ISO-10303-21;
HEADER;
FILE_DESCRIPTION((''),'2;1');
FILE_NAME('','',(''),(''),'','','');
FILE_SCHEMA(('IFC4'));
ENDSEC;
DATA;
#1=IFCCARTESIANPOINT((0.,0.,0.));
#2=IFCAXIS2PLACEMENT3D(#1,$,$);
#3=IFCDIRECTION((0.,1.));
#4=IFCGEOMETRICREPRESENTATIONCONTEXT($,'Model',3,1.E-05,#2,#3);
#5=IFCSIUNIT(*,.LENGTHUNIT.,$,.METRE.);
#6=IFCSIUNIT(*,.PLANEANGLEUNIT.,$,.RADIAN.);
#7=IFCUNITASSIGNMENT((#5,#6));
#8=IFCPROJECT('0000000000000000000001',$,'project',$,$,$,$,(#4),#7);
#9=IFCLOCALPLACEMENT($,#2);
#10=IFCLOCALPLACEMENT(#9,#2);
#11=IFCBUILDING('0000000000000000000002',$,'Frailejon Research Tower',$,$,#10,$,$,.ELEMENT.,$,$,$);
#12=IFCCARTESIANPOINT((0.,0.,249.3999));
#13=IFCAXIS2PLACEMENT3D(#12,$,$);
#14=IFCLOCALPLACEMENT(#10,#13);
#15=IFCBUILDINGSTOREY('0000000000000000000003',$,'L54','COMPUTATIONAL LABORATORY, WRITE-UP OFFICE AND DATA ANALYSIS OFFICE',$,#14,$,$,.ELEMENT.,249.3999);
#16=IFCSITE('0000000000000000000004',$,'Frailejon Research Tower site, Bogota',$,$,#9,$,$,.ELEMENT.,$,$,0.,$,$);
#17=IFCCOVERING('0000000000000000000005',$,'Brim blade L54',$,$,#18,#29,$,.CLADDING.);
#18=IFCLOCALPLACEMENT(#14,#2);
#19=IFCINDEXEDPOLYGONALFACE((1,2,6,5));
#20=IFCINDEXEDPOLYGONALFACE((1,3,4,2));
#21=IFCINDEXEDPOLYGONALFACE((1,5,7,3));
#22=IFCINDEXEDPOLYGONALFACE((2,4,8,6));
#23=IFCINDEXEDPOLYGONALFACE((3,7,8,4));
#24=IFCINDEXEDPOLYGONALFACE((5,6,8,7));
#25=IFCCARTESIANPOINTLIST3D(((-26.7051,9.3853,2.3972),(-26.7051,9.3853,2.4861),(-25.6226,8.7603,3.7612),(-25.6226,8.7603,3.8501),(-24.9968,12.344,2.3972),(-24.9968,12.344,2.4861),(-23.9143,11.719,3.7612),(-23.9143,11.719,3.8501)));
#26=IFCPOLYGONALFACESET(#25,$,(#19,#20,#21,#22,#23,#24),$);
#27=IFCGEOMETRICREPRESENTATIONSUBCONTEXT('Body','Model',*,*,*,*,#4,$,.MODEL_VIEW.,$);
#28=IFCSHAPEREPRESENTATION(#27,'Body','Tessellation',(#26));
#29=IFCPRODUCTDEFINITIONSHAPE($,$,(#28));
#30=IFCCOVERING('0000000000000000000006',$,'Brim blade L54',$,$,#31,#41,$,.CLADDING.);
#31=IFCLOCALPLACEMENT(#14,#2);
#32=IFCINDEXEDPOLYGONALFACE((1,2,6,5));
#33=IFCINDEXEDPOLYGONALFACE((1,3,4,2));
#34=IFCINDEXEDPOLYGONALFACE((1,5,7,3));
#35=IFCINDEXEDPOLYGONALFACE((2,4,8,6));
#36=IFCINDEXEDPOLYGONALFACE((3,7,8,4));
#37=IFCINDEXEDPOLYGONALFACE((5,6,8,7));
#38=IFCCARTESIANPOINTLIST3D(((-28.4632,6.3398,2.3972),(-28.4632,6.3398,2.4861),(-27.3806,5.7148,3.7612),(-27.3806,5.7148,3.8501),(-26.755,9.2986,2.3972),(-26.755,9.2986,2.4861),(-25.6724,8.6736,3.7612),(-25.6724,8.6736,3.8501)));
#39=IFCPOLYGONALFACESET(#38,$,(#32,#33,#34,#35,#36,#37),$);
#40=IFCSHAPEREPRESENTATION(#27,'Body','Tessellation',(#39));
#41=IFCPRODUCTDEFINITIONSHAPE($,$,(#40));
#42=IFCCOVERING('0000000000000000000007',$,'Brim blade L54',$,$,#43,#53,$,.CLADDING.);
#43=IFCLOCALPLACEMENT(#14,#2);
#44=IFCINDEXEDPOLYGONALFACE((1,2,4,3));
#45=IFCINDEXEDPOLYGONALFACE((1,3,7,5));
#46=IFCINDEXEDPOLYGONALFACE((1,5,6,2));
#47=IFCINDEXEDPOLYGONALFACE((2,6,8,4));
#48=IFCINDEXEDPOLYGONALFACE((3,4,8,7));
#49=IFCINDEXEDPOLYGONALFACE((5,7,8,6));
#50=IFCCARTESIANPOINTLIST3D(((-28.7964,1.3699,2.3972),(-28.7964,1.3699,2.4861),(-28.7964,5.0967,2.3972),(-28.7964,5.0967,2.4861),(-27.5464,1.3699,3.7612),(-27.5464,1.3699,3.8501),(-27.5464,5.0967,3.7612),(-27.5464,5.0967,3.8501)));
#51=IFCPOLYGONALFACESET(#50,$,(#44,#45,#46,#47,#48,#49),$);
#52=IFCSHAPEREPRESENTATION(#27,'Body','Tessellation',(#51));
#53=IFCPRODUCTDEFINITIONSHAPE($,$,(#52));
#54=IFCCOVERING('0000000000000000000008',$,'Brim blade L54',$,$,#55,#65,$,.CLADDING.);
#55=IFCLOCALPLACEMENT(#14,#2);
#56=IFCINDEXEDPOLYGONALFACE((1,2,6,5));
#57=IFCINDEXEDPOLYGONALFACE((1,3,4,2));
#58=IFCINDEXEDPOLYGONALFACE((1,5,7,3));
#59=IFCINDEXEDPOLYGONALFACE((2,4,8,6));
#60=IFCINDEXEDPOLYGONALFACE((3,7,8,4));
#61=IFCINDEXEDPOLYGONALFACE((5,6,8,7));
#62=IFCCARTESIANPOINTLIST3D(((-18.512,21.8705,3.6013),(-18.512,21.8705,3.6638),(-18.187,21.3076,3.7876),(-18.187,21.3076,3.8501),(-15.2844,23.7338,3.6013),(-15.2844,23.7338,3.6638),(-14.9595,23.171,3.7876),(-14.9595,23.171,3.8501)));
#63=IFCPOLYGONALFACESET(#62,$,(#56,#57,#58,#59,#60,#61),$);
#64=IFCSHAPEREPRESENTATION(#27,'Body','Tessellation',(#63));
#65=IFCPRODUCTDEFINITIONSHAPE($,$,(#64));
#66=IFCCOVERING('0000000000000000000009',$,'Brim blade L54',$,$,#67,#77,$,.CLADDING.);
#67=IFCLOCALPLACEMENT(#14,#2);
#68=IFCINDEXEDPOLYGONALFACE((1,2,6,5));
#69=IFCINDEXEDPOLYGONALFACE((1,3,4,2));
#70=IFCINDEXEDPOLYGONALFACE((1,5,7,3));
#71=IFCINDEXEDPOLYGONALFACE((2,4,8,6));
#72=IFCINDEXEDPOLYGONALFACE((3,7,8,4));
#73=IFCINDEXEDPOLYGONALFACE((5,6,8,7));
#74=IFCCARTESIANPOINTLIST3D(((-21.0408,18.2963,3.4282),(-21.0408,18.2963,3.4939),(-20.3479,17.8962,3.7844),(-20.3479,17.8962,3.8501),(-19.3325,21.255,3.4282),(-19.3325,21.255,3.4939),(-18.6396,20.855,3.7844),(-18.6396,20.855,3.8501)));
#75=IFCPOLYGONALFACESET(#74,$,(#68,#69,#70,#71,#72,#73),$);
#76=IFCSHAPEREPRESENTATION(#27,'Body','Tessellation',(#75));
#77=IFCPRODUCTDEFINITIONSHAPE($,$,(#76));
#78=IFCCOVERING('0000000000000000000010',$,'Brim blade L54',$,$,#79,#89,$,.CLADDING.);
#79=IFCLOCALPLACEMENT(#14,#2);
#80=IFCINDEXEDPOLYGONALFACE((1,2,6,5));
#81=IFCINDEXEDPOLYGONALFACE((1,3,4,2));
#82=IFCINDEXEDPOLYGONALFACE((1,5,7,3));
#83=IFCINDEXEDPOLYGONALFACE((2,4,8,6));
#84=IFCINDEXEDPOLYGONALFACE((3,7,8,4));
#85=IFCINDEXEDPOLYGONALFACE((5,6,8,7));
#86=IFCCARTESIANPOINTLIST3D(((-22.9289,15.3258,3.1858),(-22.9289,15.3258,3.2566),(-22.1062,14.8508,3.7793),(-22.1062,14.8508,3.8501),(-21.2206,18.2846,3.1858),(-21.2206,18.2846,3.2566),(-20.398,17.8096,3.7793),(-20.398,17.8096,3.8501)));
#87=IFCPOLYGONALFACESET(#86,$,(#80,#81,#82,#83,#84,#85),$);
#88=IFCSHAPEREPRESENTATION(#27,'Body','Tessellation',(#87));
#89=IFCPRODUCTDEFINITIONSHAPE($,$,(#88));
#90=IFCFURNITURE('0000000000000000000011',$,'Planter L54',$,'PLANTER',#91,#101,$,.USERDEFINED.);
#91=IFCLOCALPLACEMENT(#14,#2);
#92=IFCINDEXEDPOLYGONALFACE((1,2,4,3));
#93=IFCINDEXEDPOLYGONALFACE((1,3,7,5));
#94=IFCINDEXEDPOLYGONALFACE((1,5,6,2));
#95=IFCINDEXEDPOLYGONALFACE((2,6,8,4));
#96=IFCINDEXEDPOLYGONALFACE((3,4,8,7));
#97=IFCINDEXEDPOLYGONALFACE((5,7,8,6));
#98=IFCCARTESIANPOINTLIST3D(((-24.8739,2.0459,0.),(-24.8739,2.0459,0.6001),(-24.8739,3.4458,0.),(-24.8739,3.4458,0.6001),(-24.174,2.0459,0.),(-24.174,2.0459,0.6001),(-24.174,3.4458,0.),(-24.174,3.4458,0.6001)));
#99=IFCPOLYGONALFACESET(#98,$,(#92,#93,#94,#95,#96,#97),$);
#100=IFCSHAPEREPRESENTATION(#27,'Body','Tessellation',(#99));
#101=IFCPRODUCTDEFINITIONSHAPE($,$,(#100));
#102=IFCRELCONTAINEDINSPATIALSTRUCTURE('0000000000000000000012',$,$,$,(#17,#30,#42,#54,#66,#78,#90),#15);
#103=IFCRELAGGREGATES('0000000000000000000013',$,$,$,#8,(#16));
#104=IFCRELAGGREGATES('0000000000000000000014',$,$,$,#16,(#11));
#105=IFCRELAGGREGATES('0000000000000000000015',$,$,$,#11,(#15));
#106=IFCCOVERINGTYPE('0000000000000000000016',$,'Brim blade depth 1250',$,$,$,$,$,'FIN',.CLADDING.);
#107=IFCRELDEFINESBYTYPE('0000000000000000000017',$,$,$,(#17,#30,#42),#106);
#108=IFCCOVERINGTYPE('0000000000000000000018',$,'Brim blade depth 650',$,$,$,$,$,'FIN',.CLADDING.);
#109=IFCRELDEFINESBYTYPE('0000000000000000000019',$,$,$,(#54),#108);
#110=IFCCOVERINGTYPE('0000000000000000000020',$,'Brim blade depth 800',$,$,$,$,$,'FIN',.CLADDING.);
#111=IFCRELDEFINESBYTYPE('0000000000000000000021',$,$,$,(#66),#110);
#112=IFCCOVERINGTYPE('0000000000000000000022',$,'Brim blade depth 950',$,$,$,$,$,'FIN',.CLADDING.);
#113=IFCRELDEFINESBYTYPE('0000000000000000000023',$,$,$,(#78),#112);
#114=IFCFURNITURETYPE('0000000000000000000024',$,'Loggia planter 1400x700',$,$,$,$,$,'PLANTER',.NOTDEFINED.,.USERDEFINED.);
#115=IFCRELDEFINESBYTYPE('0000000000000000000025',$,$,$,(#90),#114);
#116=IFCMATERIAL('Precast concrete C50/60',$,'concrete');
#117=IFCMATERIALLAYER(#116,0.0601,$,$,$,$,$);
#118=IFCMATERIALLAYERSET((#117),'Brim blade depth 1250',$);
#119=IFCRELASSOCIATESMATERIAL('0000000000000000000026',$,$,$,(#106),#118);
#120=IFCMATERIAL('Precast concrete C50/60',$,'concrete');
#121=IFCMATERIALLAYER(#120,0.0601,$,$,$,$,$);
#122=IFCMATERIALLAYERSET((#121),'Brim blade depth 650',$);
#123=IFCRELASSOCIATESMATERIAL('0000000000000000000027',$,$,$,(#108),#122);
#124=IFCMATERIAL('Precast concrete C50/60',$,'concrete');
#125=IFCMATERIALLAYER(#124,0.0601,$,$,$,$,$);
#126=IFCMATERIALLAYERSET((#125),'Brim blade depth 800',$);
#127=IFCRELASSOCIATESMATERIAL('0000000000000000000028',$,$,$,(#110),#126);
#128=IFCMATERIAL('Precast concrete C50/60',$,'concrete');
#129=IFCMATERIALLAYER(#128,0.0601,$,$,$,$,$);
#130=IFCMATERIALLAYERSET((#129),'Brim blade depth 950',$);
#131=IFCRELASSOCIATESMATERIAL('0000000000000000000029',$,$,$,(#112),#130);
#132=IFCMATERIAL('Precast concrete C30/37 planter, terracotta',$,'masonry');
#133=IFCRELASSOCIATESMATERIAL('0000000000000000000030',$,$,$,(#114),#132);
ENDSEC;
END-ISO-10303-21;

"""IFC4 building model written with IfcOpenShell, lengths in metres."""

from ifc_helpers import new_model, si_unit, direction, frame, origin, origin_2d, place, context, subcontext, project, spatial, polyline, rectangle, outline, extrude, material, layer, layer_set, type_object, element, save


model = new_model("IFC4")

# Units and contexts
model_context = context("Model", 3, precision=1e-05, world=origin(), true_north=direction((0.0, 1.0)))
body_context = subcontext(model_context, "Body", "Model", "MODEL_VIEW")
ifc_project = project(units=[si_unit("LENGTHUNIT", "METRE"), si_unit("PLANEANGLEUNIT", "RADIAN")], contexts=[model_context])

# Site, building, storey
site_placement = place(None, origin())
site = spatial("IfcSite", under=ifc_project, at=site_placement, Name="Frailejon Research Tower site, Bogota", CompositionType="ELEMENT", RefElevation=0.0)
building_placement = place(site_placement, origin())
building = spatial("IfcBuilding", under=site, at=building_placement, Name="Frailejon Research Tower", CompositionType="ELEMENT")
storey_placement = place(building_placement, frame((0.0, 0.0, 249.3999)))
storey = spatial("IfcBuildingStorey", under=building, at=storey_placement, Name="L54", Description="COMPUTATIONAL LABORATORY, WRITE-UP OFFICE AND DATA ANALYSIS OFFICE", CompositionType="ELEMENT", Elevation=249.3999)

# Coverings
ifc_material_1 = material(Name="Precast concrete C50/60", Category="concrete")
ifc_layer_1 = layer(ifc_material_1, 0.0601)
ifc_layer_set_1 = layer_set([ifc_layer_1], Name="Brim blade depth 1250")
covering_type_1 = type_object("IfcCoveringType", Name="Brim blade depth 1250", ElementType="FIN", PredefinedType="CLADDING", material=ifc_layer_set_1)
for number, where, z_axis, x_axis, name in (
    (1, (-25.6226, 8.7603, 3.8501), (0.499999, 0.866026, 0.0), (-0.866026, 0.499999, 0.0), "Brim blade L54"),
    (2, (-27.3806, 5.7148, 3.8501), (0.499987, 0.866033, 0.0), (-0.866033, 0.499987, 0.0), "Brim blade L54"),
):
    element("IfcCovering", number, at=place(storey_placement, frame(where, z_axis=z_axis, x_axis=x_axis)), inside=storey, type_object=covering_type_1, Name=name, PredefinedType="CLADDING", context=body_context, shape_type="SweptSolid", body=[
        extrude(outline(polyline([(0.0, -0.0889), (1.25, -1.4529), (1.25, -1.364), (0.0, 0.0), (0.0, -0.0889)])), origin(), (0.0, 0.0, 1.0), 3.4165),
    ])
covering_1_placement = place(storey_placement, frame((-27.5464, 1.3699, 3.8501), z_axis=(0.0, 1.0, 0.0), x_axis=(-1.0, 0.0, 0.0)))
element("IfcCovering", 3, at=covering_1_placement, inside=storey, type_object=covering_type_1, Name="Brim blade L54", PredefinedType="CLADDING", context=body_context, shape_type="SweptSolid", body=[
    extrude(outline(polyline([(0.0, -0.0889), (1.25, -1.4529), (1.25, -1.364), (0.0, 0.0), (0.0, -0.0889)])), origin(), (0.0, 0.0, 1.0), 3.7268),
])
ifc_material_2 = material(Name="Precast concrete C50/60", Category="concrete")
ifc_layer_2 = layer(ifc_material_2, 0.0601)
ifc_layer_set_2 = layer_set([ifc_layer_2], Name="Brim blade depth 650")
covering_type_2 = type_object("IfcCoveringType", Name="Brim blade depth 650", ElementType="FIN", PredefinedType="CLADDING", material=ifc_layer_set_2)
covering_2_placement = place(storey_placement, frame((-18.187, 21.3076, 3.8501), z_axis=(0.86603, 0.499992, 0.0), x_axis=(-0.499992, 0.86603, 0.0)))
element("IfcCovering", 4, at=covering_2_placement, inside=storey, type_object=covering_type_2, Name="Brim blade L54", PredefinedType="CLADDING", context=body_context, shape_type="SweptSolid", body=[
    extrude(outline(polyline([(0.0, -0.0625), (0.6499, -0.2488), (0.6499, -0.1863), (0.0, 0.0), (0.0, -0.0625)])), origin(), (0.0, 0.0, 1.0), 3.7268),
])
ifc_material_3 = material(Name="Precast concrete C50/60", Category="concrete")
ifc_layer_3 = layer(ifc_material_3, 0.0601)
ifc_layer_set_3 = layer_set([ifc_layer_3], Name="Brim blade depth 800")
covering_type_3 = type_object("IfcCoveringType", Name="Brim blade depth 800", ElementType="FIN", PredefinedType="CLADDING", material=ifc_layer_set_3)
covering_3_placement = place(storey_placement, frame((-20.3479, 17.8962, 3.8501), z_axis=(0.500008, 0.866021, 0.0), x_axis=(-0.866021, 0.500008, 0.0)))
element("IfcCovering", 5, at=covering_3_placement, inside=storey, type_object=covering_type_3, Name="Brim blade L54", PredefinedType="CLADDING", context=body_context, shape_type="SweptSolid", body=[
    extrude(outline(polyline([(0.0, -0.0657), (0.8, -0.4219), (0.8, -0.3562), (0.0, 0.0), (0.0, -0.0657)])), origin(), (0.0, 0.0, 1.0), 3.4165),
])
ifc_material_4 = material(Name="Precast concrete C50/60", Category="concrete")
ifc_layer_4 = layer(ifc_material_4, 0.0601)
ifc_layer_set_4 = layer_set([ifc_layer_4], Name="Brim blade depth 950")
covering_type_4 = type_object("IfcCoveringType", Name="Brim blade depth 950", ElementType="FIN", PredefinedType="CLADDING", material=ifc_layer_set_4)
covering_4_placement = place(storey_placement, frame((-22.1062, 14.8508, 3.8501), z_axis=(0.499999, 0.866026, 0.0), x_axis=(-0.866026, 0.499999, 0.0)))
element("IfcCovering", 6, at=covering_4_placement, inside=storey, type_object=covering_type_4, Name="Brim blade L54", PredefinedType="CLADDING", context=body_context, shape_type="SweptSolid", body=[
    extrude(outline(polyline([(0.0, -0.0708), (0.95, -0.6643), (0.95, -0.5935), (0.0, 0.0), (0.0, -0.0708)])), origin(), (0.0, 0.0, 1.0), 3.4165),
])

# Furniture
ifc_material_5 = material(Name="Precast concrete C30/37 planter, terracotta", Category="masonry")
furniture_type = type_object("IfcFurnitureType", Name="Loggia planter 1400x700", ElementType="PLANTER", AssemblyPlace="NOTDEFINED", PredefinedType="USERDEFINED", material=ifc_material_5)
furniture_placement = place(storey_placement, frame((-24.5239, 2.7458, 0.0), z_axis=(0.0, 0.0, 1.0), x_axis=(0.0, -1.0, 0.0)))
element("IfcFurniture", 7, at=furniture_placement, inside=storey, type_object=furniture_type, Name="Planter L54", ObjectType="PLANTER", PredefinedType="USERDEFINED", context=body_context, shape_type="SweptSolid", body=[
    extrude(rectangle(XDim=1.3999, YDim=0.7, at=origin_2d()), origin(), (0.0, 0.0, 1.0), 0.6001),
])

save(model, "model.ifc")
